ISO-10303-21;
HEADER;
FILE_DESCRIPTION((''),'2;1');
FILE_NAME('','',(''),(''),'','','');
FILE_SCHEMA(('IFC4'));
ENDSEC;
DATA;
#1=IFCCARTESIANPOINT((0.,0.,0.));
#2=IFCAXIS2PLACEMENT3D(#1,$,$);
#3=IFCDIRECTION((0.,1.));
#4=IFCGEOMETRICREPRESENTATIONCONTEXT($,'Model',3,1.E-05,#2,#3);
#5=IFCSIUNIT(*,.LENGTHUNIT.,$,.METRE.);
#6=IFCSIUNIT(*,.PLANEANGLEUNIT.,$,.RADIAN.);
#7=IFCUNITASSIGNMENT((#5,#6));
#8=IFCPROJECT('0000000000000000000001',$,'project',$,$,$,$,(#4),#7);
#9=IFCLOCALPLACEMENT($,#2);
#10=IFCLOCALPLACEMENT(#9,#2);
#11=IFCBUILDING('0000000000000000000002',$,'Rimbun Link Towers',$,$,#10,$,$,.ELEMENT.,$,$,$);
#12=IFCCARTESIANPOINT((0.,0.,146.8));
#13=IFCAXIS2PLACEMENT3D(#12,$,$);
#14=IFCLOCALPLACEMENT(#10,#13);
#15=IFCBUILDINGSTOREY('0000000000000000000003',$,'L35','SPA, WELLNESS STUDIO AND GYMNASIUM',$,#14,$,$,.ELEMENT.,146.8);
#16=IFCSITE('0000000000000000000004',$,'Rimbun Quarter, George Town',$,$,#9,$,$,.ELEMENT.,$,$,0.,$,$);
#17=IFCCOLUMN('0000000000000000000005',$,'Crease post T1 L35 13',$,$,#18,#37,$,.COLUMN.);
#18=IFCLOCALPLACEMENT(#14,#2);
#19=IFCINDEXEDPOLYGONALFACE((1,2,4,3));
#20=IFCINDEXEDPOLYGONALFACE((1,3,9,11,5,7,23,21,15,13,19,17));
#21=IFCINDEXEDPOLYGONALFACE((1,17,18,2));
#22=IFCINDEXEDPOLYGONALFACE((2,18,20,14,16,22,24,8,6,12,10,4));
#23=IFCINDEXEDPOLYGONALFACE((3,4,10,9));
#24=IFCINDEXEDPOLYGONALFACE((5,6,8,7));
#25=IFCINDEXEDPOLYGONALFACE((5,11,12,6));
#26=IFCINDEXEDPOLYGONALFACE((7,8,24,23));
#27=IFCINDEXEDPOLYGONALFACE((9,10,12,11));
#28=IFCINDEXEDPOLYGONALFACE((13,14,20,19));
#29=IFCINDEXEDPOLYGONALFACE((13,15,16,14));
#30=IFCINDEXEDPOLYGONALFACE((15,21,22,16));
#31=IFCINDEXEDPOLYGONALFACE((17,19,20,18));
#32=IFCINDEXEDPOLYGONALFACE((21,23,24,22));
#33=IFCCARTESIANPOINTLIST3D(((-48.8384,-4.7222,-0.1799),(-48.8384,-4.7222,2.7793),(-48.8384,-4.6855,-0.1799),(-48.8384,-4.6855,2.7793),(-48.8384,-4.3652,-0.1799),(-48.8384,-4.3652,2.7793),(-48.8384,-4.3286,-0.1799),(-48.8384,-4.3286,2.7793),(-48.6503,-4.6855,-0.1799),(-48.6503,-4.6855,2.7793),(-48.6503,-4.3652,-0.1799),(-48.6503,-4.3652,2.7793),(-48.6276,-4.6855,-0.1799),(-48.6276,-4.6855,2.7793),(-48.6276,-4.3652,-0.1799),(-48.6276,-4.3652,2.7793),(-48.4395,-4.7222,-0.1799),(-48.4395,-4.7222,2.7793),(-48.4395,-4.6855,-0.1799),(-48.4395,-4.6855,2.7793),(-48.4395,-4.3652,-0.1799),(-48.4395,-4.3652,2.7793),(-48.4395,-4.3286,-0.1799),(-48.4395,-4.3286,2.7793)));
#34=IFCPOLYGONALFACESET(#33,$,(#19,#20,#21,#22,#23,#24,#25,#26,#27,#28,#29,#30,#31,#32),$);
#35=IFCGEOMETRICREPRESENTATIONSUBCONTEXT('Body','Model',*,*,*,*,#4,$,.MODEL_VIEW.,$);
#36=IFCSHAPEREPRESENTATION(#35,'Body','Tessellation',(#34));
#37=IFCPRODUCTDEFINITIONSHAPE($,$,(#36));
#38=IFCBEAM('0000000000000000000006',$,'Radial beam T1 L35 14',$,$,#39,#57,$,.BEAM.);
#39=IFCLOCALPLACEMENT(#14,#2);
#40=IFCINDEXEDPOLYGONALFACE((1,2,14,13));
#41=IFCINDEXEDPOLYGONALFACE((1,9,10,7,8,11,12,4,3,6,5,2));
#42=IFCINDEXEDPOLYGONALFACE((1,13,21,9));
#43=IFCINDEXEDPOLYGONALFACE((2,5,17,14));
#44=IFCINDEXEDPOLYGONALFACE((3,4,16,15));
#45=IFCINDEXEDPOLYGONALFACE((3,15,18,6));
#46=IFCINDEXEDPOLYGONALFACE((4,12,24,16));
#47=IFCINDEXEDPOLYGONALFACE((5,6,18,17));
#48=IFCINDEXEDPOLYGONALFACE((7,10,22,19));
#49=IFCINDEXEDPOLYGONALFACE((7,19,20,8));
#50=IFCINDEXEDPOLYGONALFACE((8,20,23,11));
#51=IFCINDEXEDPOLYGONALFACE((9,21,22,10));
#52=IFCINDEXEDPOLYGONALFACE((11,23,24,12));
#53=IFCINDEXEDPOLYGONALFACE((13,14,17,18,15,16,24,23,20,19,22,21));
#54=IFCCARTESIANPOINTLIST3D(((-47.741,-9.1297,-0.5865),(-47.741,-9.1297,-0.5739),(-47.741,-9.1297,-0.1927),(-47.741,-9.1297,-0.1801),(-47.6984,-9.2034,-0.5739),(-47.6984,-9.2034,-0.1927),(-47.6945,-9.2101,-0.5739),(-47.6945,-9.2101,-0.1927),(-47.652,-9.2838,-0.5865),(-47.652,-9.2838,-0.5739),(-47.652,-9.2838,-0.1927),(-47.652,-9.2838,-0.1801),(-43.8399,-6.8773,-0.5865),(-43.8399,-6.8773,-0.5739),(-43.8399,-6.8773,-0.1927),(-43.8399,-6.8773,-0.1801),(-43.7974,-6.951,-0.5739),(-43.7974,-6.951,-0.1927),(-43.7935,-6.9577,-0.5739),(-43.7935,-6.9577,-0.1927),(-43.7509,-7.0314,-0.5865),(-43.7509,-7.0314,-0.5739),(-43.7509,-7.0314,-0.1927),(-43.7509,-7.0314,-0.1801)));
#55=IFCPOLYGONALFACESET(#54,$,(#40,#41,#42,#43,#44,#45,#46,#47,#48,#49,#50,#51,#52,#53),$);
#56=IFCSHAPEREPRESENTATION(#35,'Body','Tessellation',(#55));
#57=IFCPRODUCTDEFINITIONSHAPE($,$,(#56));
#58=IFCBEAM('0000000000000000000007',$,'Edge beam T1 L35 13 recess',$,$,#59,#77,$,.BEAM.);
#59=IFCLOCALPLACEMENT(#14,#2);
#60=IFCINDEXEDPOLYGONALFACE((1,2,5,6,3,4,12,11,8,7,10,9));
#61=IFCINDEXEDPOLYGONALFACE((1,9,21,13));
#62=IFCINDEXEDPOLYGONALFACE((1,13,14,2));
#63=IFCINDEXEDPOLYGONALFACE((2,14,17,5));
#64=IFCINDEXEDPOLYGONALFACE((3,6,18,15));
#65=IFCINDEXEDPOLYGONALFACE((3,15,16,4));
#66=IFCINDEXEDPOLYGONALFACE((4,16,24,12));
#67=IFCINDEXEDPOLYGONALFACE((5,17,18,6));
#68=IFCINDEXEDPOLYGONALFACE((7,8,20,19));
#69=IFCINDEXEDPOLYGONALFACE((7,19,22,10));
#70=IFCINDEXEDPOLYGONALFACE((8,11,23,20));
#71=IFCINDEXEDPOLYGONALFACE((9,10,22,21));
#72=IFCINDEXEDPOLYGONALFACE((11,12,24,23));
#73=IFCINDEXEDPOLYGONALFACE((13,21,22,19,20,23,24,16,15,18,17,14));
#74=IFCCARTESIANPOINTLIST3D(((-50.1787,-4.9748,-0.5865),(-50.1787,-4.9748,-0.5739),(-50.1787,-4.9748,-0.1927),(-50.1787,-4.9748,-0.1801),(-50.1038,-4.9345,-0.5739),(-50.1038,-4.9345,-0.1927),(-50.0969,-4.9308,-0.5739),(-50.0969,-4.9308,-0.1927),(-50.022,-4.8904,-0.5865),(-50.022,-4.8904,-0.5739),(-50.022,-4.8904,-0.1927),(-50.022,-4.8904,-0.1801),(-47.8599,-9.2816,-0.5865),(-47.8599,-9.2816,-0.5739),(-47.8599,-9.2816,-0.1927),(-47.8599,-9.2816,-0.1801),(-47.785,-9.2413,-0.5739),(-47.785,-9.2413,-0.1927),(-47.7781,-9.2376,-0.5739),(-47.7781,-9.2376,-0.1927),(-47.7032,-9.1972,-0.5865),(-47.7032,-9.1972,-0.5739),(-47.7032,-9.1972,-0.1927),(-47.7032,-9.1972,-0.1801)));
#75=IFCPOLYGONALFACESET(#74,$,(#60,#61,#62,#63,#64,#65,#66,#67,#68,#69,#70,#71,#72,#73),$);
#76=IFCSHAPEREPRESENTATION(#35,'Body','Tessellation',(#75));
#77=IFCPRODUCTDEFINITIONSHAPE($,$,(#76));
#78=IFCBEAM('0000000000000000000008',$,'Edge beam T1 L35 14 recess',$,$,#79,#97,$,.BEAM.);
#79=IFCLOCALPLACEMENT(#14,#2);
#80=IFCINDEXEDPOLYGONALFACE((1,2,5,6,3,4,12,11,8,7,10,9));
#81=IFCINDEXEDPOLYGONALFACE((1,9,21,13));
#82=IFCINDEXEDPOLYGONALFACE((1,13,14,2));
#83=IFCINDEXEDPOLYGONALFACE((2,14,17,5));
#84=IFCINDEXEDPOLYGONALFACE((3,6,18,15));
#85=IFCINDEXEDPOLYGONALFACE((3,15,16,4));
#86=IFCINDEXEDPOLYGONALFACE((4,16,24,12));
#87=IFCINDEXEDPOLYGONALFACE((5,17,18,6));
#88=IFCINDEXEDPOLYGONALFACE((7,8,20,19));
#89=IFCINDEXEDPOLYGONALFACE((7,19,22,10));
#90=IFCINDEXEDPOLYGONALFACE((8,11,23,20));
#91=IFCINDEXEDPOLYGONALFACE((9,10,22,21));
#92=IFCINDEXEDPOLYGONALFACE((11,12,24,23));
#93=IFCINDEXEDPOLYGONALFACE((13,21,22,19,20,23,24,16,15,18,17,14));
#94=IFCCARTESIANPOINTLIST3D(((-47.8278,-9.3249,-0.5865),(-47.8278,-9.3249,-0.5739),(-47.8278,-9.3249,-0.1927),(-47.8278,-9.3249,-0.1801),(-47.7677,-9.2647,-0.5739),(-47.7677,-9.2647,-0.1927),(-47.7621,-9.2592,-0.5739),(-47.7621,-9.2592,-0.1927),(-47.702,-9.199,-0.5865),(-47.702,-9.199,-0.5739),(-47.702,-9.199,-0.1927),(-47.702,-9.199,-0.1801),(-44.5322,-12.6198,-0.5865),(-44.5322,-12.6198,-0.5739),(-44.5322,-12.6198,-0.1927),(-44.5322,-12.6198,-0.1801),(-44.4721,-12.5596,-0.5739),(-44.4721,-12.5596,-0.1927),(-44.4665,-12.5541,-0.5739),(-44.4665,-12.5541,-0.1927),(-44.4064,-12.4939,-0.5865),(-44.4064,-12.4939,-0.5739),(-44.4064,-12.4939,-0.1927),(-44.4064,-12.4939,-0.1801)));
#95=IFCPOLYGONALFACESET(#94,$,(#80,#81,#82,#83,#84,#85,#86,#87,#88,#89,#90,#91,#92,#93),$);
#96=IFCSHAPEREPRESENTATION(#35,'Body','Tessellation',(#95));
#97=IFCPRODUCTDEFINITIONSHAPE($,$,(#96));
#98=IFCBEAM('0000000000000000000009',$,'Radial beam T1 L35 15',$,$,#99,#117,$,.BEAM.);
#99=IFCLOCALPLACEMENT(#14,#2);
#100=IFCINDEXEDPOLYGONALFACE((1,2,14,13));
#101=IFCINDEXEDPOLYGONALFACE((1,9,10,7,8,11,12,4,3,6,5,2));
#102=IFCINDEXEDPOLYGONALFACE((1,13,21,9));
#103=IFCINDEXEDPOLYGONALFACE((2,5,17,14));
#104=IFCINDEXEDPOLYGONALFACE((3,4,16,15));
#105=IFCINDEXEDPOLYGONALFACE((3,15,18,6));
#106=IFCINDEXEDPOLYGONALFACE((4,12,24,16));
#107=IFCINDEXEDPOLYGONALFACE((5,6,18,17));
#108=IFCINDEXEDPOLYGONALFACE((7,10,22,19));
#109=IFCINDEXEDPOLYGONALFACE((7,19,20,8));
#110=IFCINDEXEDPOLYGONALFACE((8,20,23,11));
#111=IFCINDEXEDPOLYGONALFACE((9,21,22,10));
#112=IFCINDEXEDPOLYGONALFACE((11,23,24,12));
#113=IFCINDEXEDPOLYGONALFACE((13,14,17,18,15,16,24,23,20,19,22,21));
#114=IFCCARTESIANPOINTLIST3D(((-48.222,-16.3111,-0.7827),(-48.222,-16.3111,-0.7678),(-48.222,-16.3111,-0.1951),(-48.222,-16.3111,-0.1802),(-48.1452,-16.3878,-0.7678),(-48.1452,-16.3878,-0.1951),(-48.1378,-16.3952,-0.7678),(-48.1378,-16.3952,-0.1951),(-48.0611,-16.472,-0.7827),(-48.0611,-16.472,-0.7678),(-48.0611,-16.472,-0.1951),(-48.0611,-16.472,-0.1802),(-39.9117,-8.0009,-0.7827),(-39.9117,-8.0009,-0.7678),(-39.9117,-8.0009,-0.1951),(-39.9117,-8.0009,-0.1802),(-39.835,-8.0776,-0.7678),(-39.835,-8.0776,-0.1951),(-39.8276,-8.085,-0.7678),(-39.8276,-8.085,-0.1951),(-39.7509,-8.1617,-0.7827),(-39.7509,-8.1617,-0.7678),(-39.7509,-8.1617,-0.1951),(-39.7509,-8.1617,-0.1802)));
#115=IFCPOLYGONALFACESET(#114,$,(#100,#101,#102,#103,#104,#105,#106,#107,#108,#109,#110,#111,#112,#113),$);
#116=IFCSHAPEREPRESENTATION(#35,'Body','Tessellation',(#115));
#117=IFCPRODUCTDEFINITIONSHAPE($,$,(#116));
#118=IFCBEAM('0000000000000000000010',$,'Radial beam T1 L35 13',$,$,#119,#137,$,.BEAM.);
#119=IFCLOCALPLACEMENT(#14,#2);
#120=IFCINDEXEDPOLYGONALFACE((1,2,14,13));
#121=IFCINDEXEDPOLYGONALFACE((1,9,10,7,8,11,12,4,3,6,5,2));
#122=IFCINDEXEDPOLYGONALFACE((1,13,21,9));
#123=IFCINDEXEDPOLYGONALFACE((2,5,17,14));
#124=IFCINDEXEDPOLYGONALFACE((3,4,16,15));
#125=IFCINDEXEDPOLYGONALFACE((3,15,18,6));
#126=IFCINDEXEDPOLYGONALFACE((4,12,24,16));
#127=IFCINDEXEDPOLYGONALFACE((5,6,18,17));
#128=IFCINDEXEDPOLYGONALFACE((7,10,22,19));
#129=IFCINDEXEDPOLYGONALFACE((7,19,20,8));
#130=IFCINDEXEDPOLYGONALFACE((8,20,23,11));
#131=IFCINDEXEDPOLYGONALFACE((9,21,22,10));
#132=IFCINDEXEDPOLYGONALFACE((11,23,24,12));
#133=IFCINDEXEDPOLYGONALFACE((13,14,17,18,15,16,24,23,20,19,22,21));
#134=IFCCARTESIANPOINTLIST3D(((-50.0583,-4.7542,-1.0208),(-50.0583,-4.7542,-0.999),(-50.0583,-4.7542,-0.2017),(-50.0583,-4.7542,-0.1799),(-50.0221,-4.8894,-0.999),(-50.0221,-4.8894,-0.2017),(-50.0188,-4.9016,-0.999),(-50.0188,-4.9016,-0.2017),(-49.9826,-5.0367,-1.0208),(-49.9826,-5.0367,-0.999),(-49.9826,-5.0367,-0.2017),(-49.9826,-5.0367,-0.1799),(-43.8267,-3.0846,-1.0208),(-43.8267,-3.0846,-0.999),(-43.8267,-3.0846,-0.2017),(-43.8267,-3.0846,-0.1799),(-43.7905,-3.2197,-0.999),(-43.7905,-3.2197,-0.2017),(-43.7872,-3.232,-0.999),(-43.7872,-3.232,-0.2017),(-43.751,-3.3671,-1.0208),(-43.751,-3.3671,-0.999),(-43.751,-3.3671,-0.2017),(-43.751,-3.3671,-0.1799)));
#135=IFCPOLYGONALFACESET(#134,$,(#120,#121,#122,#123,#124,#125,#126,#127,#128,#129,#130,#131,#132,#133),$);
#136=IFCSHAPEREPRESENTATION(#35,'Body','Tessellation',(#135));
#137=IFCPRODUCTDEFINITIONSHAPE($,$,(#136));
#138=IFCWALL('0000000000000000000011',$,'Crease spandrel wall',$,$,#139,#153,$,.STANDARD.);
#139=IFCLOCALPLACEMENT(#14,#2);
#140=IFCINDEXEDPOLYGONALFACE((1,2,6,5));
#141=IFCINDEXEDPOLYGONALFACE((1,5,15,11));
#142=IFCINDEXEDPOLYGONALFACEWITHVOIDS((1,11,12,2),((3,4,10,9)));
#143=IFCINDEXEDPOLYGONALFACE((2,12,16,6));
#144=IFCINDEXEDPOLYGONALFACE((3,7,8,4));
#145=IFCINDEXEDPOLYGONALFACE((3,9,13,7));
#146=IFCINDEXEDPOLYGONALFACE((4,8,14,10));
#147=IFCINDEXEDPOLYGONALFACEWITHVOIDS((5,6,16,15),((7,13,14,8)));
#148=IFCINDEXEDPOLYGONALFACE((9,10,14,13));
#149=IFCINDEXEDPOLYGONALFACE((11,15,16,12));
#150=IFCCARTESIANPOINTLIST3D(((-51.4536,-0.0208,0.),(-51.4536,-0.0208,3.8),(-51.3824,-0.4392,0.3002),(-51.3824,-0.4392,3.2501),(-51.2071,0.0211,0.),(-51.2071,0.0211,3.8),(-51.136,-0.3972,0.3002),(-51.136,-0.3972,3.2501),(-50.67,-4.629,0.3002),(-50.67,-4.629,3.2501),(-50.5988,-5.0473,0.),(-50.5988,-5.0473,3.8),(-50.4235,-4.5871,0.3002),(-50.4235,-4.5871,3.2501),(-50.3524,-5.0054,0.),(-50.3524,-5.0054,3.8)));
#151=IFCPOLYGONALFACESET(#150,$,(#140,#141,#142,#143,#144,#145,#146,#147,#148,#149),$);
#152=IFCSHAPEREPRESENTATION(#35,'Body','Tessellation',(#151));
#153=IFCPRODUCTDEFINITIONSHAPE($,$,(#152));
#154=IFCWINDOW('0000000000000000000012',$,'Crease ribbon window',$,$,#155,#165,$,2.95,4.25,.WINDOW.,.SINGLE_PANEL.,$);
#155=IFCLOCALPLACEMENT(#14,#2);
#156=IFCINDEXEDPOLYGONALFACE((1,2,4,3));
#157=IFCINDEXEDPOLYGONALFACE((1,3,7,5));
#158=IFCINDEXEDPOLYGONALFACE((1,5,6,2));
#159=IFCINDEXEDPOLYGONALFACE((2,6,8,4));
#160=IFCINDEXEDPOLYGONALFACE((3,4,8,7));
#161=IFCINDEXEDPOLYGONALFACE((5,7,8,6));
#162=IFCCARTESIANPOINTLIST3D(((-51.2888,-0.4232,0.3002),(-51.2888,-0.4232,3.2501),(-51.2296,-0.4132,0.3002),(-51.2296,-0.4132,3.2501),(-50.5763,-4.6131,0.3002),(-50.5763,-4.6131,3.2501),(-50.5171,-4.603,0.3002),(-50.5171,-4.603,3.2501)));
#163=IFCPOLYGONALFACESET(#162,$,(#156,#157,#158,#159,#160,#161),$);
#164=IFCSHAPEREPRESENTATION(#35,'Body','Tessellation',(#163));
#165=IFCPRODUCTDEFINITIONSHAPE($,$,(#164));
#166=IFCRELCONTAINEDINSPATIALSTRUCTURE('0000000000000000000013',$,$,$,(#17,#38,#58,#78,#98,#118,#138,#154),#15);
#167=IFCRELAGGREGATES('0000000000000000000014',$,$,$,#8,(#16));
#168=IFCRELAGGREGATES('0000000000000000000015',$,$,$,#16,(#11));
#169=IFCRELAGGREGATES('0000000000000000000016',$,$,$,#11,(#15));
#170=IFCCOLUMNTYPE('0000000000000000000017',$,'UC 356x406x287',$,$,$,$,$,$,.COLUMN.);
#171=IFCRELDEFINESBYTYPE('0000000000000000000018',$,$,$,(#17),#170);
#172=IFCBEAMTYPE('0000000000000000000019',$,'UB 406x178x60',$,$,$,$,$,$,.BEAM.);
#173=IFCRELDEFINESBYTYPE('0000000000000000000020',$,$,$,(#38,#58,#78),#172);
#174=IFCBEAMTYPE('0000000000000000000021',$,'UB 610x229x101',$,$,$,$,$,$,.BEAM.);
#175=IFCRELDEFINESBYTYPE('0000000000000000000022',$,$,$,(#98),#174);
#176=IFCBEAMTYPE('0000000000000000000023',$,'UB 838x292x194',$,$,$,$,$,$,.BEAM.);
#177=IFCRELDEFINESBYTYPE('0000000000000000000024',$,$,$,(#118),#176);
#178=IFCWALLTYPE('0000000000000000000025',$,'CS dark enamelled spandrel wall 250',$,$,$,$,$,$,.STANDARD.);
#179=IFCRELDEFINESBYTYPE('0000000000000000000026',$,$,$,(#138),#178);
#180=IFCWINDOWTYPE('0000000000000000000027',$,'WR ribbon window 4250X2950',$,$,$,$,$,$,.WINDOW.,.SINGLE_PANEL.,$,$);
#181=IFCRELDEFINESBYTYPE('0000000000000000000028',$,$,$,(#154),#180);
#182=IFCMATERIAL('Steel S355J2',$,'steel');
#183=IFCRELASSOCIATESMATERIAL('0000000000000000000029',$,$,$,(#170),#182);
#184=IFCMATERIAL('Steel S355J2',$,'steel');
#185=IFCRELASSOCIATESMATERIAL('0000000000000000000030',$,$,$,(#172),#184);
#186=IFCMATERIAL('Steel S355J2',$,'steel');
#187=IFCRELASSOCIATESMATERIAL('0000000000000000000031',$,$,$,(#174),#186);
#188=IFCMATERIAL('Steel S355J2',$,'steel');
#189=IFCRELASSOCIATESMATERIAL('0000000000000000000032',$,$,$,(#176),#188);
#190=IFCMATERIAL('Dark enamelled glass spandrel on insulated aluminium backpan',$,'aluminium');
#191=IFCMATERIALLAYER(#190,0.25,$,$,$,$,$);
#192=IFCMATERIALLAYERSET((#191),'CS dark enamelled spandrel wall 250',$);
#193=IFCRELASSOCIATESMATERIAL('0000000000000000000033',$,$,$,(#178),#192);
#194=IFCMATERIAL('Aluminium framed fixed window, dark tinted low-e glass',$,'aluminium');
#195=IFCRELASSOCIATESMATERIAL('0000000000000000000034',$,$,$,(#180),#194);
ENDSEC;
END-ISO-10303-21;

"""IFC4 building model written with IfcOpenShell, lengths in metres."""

from ifc_helpers import new_model, si_unit, direction, frame, frame_2d, origin, origin_2d, place, context, subcontext, project, spatial, rectangle, i_section, extrude, material, layer, layer_set, material_profile, profile_set, type_object, element, fill, save


model = new_model("IFC4")

# Units and contexts
model_context = context("Model", 3, precision=1e-05, world=origin(), true_north=direction((0.0, 1.0)))
body_context = subcontext(model_context, "Body", "Model", "MODEL_VIEW")
ifc_project = project(units=[si_unit("LENGTHUNIT", "METRE"), si_unit("PLANEANGLEUNIT", "RADIAN")], contexts=[model_context])

# Site, building, storey
site_placement = place(None, origin())
site = spatial("IfcSite", under=ifc_project, at=site_placement, Name="Rimbun Quarter, George Town", CompositionType="ELEMENT", RefElevation=0.0)
building_placement = place(site_placement, origin())
building = spatial("IfcBuilding", under=site, at=building_placement, Name="Rimbun Link Towers", CompositionType="ELEMENT")
storey_placement = place(building_placement, frame((0.0, 0.0, 146.8)))
storey = spatial("IfcBuildingStorey", under=building, at=storey_placement, Name="L35", Description="SPA, WELLNESS STUDIO AND GYMNASIUM", CompositionType="ELEMENT", Elevation=146.8)

# Column
ifc_material_1 = material(Name="Steel S355J2", Category="steel")
ifc_material_profile_1 = material_profile(ifc_material_1, i_section(OverallWidth=0.3989, OverallDepth=0.3936, WebThickness=0.0227, FlangeThickness=0.0366, at=origin_2d()), Name="UC 356x406x287")
ifc_profile_set_1 = profile_set([ifc_material_profile_1], Name="Steel S355J2")
column_type = type_object("IfcColumnType", Name="UC 356x406x287", PredefinedType="COLUMN", material=ifc_profile_set_1)
column_placement = place(storey_placement, frame((-48.6389, -4.5254, -0.1799), z_axis=(0.0, 0.0, 1.0), x_axis=(1.0, 0.0, 0.0)))
element("IfcColumn", 1, at=column_placement, inside=storey, type_object=column_type, Name="Crease post T1 L35 13", PredefinedType="COLUMN", context=body_context, shape_type="SweptSolid", body=[
    extrude(i_section(OverallWidth=0.3989, OverallDepth=0.3936, WebThickness=0.0227, FlangeThickness=0.0366, at=origin_2d()), origin(), (0.0, 0.0, 1.0), 2.9592),
])

# Beams
ifc_material_2 = material(Name="Steel S355J2", Category="steel")
ifc_material_profile_2 = material_profile(ifc_material_2, i_section(OverallWidth=0.178, OverallDepth=0.4065, WebThickness=0.0078, FlangeThickness=0.0127, at=origin_2d()), Name="UB 406x178x60")
ifc_profile_set_2 = profile_set([ifc_material_profile_2], Name="Steel S355J2")
beam_type_1 = type_object("IfcBeamType", Name="UB 406x178x60", PredefinedType="BEAM", material=ifc_profile_set_2)
beam_1_placement = place(storey_placement, frame((-43.7954, -6.9543, -0.3833), z_axis=(-0.866013, -0.500021, 0.0), x_axis=(0.500021, -0.866013, 0.0)))
element("IfcBeam", 2, at=beam_1_placement, inside=storey, type_object=beam_type_1, Name="Radial beam T1 L35 14", PredefinedType="BEAM", context=body_context, shape_type="SweptSolid", body=[
    extrude(i_section(OverallWidth=0.178, OverallDepth=0.4065, WebThickness=0.0078, FlangeThickness=0.0127, at=origin_2d()), origin(), (0.0, 0.0, 1.0), 4.5046),
])
beam_2_placement = place(storey_placement, frame((-50.1003, -4.9326, -0.3833), z_axis=(0.474061, -0.880492, 0.0), x_axis=(0.880492, 0.474061, 0.0)))
element("IfcBeam", 3, at=beam_2_placement, inside=storey, type_object=beam_type_1, Name="Edge beam T1 L35 13 recess", PredefinedType="BEAM", context=body_context, shape_type="SweptSolid", body=[
    extrude(i_section(OverallWidth=0.178, OverallDepth=0.4065, WebThickness=0.0078, FlangeThickness=0.0127, at=origin_2d()), origin(), (0.0, 0.0, 1.0), 4.8914),
])
beam_3_placement = place(storey_placement, frame((-47.7649, -9.262, -0.3833), z_axis=(0.707185, -0.707028, 0.0), x_axis=(0.707028, 0.707185, 0.0)))
element("IfcBeam", 4, at=beam_3_placement, inside=storey, type_object=beam_type_1, Name="Edge beam T1 L35 14 recess", PredefinedType="BEAM", context=body_context, shape_type="SweptSolid", body=[
    extrude(i_section(OverallWidth=0.178, OverallDepth=0.4065, WebThickness=0.0078, FlangeThickness=0.0127, at=origin_2d()), origin(), (0.0, 0.0, 1.0), 4.6602),
])
ifc_material_3 = material(Name="Steel S355J2", Category="steel")
ifc_material_profile_3 = material_profile(ifc_material_3, i_section(OverallWidth=0.2275, OverallDepth=0.6025, WebThickness=0.0105, FlangeThickness=0.0149, at=origin_2d()), Name="UB 610x229x101")
ifc_profile_set_3 = profile_set([ifc_material_profile_3], Name="Steel S355J2")
beam_type_2 = type_object("IfcBeamType", Name="UB 610x229x101", PredefinedType="BEAM", material=ifc_profile_set_3)
beam_4_placement = place(storey_placement, frame((-39.8313, -8.0813, -0.4814), z_axis=(-0.707107, -0.707107, 0.0), x_axis=(0.707107, -0.707107, 0.0)))
element("IfcBeam", 5, at=beam_4_placement, inside=storey, type_object=beam_type_2, Name="Radial beam T1 L35 15", PredefinedType="BEAM", context=body_context, shape_type="SweptSolid", body=[
    extrude(i_section(OverallWidth=0.2275, OverallDepth=0.6025, WebThickness=0.0105, FlangeThickness=0.0149, at=origin_2d()), origin(), (0.0, 0.0, 1.0), 11.7524),
])
ifc_material_4 = material(Name="Steel S355J2", Category="steel")
ifc_material_profile_4 = material_profile(ifc_material_4, i_section(OverallWidth=0.2925, OverallDepth=0.8408, WebThickness=0.0127, FlangeThickness=0.0217, at=origin_2d()), Name="UB 838x292x194")
ifc_profile_set_4 = profile_set([ifc_material_profile_4], Name="Steel S355J2")
beam_type_3 = type_object("IfcBeamType", Name="UB 838x292x194", PredefinedType="BEAM", material=ifc_profile_set_4)
beam_5_placement = place(storey_placement, frame((-43.7888, -3.2258, -0.6003), z_axis=(-0.96593, -0.258805, 0.0), x_axis=(0.258805, -0.96593, 0.0)))
element("IfcBeam", 6, at=beam_5_placement, inside=storey, type_object=beam_type_3, Name="Radial beam T1 L35 13", PredefinedType="BEAM", context=body_context, shape_type="SweptSolid", body=[
    extrude(i_section(OverallWidth=0.2925, OverallDepth=0.8408, WebThickness=0.0127, FlangeThickness=0.0217, at=origin_2d()), origin(), (0.0, 0.0, 1.0), 6.4514),
])

# Wall, opening, window
ifc_material_5 = material(Name="Dark enamelled glass spandrel on insulated aluminium backpan", Category="aluminium")
ifc_layer_1 = layer(ifc_material_5, 0.25)
ifc_layer_set_1 = layer_set([ifc_layer_1], Name="CS dark enamelled spandrel wall 250")
wall_type_1 = type_object("IfcWallType", Name="CS dark enamelled spandrel wall 250", PredefinedType="STANDARD", material=ifc_layer_set_1)
wall_1_placement = place(storey_placement, frame((-50.4756, -5.0264, 0.0), z_axis=(0.0, 0.0, 1.0), x_axis=(-0.167644, 0.985848, 0.0)))
wall_1 = element("IfcWall", 7, at=wall_1_placement, inside=storey, type_object=wall_type_1, Name="Crease spandrel wall", PredefinedType="STANDARD", context=body_context, shape_type="SweptSolid", body=[
    extrude(rectangle(XDim=5.0986, YDim=0.25, at=frame_2d((2.5493, 0.0))), origin(), (0.0, 0.0, 1.0), 3.8),
])
opening_1_placement = place(wall_1_placement, frame((0.4243, 0.0, 0.3)))
opening_1 = element("IfcOpeningElement", 8, at=opening_1_placement, cuts=wall_1, PredefinedType="OPENING", context=body_context, shape_type="SweptSolid", body=[
    extrude(rectangle(XDim=4.25, YDim=2.95, at=frame_2d((2.125, 1.4751))), frame((0.0, 0.135, 0.0), z_axis=(0.0, -1.0, 0.0), x_axis=(1.0, 0.0, 0.0)), (0.0, 0.0, 1.0), 0.27),
])
ifc_material_6 = material(Name="Aluminium framed fixed window, dark tinted low-e glass", Category="aluminium")
window_type = type_object("IfcWindowType", Name="WR ribbon window 4250X2950", PartitioningType="SINGLE_PANEL", PredefinedType="WINDOW", material=ifc_material_6)
window_placement = place(opening_1_placement, origin())
window = element("IfcWindow", 9, at=window_placement, inside=storey, type_object=window_type, Name="Crease ribbon window", OverallHeight=2.95, OverallWidth=4.25, PartitioningType="SINGLE_PANEL", PredefinedType="WINDOW", context=body_context, shape_type="SweptSolid", body=[
    extrude(rectangle(XDim=4.25, YDim=2.95, at=frame_2d((2.125, 1.4751))), frame((0.0, 0.03, 0.0), z_axis=(0.0, -1.0, 0.0), x_axis=(1.0, 0.0, 0.0)), (0.0, 0.0, 1.0), 0.0601),
])
fill(opening_1, window)

save(model, "model.ifc")
